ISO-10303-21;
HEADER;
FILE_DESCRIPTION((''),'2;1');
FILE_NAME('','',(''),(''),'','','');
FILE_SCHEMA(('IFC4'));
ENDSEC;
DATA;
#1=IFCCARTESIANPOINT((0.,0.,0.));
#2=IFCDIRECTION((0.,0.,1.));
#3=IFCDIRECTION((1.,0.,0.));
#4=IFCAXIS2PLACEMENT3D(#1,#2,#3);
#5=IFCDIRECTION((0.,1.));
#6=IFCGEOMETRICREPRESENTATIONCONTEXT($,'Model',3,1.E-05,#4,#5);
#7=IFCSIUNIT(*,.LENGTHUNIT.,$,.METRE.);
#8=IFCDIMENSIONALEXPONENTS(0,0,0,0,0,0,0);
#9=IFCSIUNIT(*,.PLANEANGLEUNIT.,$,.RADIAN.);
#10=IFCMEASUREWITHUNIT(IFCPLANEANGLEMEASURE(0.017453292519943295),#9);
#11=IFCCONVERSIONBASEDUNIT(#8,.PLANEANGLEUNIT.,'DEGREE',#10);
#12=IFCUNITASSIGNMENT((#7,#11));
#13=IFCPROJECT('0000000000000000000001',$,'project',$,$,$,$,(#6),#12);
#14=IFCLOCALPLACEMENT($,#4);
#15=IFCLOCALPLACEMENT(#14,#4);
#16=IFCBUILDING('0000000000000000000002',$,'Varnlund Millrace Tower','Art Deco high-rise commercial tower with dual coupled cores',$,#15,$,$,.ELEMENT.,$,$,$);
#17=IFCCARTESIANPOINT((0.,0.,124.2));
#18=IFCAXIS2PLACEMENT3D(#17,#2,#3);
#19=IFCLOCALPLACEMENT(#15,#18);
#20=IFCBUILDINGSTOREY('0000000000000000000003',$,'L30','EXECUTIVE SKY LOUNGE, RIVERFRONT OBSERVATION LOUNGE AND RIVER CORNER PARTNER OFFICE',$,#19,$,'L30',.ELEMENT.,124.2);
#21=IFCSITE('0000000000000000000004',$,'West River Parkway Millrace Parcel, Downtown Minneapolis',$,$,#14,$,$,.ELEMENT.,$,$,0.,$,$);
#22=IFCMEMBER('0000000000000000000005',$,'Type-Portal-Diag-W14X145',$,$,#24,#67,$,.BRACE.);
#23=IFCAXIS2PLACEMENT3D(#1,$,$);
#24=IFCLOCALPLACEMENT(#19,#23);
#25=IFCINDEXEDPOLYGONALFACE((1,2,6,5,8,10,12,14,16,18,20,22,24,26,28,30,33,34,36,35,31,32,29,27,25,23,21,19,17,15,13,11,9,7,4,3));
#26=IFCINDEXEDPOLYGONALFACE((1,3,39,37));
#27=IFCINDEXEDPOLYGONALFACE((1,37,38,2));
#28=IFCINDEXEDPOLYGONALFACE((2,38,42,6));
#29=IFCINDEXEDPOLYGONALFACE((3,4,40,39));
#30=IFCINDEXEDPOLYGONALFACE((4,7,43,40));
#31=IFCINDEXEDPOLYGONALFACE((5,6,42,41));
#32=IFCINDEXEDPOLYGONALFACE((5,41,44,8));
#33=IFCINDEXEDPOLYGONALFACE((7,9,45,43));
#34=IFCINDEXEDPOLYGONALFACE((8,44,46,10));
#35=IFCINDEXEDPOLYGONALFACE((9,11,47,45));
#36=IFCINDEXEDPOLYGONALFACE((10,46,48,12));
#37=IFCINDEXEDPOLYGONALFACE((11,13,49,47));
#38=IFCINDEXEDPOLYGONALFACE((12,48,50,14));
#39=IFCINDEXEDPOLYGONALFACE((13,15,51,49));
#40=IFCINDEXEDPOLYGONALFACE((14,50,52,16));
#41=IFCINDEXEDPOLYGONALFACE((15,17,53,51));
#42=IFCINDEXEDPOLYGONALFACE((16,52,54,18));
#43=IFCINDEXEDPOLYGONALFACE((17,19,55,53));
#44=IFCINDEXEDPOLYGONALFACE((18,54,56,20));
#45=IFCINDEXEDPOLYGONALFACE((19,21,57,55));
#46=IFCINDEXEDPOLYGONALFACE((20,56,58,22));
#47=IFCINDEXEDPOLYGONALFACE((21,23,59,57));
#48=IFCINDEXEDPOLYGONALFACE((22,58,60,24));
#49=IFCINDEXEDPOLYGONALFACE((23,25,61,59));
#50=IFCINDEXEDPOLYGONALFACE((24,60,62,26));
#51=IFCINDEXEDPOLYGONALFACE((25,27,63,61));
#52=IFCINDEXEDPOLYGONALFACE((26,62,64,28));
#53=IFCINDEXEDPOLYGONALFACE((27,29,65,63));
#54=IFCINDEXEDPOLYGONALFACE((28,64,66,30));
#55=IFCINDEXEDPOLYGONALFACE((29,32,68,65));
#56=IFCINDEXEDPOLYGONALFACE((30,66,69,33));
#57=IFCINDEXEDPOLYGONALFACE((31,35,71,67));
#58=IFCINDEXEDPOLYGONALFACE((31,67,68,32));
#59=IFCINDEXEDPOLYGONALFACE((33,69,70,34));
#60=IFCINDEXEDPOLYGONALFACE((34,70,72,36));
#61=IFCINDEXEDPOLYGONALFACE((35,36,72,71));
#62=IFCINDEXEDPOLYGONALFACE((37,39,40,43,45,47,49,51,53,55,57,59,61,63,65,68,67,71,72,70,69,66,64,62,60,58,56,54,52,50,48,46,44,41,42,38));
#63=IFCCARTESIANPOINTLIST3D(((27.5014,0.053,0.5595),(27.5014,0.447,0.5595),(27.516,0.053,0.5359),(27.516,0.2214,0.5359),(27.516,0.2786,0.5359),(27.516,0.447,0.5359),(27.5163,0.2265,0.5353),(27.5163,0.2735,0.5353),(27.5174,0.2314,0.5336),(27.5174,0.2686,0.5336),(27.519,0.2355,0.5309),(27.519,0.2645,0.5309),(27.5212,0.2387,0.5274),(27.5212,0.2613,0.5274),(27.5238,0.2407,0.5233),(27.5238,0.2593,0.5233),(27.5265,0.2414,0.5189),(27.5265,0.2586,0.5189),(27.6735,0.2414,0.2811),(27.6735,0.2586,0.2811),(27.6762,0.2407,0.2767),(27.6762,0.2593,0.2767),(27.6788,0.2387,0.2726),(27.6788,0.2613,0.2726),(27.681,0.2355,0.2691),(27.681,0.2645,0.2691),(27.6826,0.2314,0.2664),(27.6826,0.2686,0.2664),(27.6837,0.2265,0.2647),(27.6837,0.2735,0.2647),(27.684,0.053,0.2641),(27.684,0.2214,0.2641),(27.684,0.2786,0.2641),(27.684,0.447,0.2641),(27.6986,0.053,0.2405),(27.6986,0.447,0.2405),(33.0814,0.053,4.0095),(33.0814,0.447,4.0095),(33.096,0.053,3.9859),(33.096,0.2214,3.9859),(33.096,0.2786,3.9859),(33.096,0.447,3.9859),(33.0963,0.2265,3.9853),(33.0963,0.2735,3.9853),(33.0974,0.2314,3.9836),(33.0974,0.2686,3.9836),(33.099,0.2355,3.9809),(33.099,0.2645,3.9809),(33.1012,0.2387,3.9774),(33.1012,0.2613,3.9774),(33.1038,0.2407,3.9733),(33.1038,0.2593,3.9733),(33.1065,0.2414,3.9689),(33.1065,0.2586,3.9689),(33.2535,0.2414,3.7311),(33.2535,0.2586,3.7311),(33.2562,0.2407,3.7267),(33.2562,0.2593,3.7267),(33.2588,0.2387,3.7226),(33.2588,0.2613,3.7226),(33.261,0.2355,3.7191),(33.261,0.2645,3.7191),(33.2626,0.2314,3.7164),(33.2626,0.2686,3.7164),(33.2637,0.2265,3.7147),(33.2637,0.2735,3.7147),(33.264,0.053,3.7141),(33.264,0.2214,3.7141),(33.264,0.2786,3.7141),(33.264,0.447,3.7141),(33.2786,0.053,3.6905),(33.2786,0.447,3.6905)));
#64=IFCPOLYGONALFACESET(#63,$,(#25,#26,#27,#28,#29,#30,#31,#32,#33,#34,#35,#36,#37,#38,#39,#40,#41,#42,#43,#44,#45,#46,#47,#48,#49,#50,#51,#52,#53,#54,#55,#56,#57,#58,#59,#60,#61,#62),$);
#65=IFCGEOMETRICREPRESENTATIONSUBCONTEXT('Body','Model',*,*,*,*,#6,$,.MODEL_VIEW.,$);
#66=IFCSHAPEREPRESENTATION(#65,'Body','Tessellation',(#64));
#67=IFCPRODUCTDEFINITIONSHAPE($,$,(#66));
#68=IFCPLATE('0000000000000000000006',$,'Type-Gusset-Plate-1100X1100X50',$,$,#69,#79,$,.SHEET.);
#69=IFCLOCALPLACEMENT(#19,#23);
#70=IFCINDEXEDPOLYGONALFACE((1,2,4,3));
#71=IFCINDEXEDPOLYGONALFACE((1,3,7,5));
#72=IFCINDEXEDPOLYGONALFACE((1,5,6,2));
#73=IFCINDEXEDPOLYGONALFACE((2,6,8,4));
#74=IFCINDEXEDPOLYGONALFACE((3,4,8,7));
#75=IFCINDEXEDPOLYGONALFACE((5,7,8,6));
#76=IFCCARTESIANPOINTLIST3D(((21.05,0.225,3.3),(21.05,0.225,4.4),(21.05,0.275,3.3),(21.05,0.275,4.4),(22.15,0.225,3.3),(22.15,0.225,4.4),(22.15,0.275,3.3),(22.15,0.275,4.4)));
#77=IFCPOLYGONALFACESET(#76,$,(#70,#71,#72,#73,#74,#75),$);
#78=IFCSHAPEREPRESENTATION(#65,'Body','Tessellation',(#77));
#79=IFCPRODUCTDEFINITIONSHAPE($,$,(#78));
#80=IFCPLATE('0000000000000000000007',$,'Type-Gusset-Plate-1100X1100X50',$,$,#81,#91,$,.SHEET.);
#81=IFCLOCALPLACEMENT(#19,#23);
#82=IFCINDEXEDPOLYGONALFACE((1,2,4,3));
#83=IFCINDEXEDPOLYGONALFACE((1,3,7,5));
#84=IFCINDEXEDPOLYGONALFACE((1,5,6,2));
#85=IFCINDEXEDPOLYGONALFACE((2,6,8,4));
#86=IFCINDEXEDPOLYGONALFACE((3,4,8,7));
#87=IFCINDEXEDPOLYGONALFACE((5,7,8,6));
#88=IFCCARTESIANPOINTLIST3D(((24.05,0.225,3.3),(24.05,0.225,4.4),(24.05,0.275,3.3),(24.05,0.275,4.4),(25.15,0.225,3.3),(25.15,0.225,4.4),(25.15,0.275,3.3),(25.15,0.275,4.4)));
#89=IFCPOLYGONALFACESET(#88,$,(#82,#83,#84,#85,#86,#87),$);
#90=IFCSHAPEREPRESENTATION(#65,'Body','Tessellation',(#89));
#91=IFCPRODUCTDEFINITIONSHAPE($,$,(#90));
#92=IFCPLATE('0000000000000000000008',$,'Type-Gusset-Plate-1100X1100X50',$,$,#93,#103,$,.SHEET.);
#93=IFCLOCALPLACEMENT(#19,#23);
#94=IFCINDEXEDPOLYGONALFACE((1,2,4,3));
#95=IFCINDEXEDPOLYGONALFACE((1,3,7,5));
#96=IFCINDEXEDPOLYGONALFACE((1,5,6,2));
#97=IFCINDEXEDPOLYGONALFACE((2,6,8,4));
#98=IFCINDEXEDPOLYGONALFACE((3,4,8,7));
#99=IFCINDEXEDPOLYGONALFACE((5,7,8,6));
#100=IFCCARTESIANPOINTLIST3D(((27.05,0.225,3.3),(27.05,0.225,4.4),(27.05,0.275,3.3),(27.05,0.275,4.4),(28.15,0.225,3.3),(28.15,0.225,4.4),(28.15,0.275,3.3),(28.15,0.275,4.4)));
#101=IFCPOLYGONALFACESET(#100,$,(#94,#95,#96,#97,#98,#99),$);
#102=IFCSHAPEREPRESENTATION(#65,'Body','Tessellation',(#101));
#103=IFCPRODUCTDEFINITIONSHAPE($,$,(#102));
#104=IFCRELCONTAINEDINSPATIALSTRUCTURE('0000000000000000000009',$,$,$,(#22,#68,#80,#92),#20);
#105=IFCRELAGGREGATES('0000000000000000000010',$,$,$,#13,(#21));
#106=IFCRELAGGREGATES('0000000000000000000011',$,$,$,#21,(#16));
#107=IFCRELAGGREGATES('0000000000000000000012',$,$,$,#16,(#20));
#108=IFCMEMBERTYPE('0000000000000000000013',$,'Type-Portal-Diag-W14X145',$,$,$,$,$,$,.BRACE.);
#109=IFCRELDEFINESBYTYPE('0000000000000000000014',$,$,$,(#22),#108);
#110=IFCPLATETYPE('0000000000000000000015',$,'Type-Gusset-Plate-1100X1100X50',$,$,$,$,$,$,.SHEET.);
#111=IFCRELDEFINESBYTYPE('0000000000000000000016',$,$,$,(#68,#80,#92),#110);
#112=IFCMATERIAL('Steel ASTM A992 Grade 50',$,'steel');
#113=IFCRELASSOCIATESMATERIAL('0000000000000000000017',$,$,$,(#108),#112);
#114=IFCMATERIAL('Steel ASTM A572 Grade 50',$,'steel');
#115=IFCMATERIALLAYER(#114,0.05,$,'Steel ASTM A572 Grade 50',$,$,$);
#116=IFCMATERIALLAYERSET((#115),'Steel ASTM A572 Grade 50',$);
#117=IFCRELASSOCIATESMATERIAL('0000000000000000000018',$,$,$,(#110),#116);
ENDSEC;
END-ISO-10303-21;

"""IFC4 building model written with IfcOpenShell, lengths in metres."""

from ifc_helpers import new_model, entity, si_unit, converted_unit, direction, frame, origin_with_axes, origin_2d_with_axis, place, context, subcontext, project, spatial, rectangle, i_section, extrude, material, layer, layer_set, material_profile, profile_set, type_object, element, save


model = new_model("IFC4")

# Units and contexts
model_context = context("Model", 3, precision=1e-05, world=origin_with_axes(), true_north=direction((0.0, 1.0)))
body_context = subcontext(model_context, "Body", "Model", "MODEL_VIEW")
ifc_project = project(units=[si_unit("LENGTHUNIT", "METRE"), converted_unit("PLANEANGLEUNIT", "DEGREE", entity("IfcPlaneAngleMeasure", 0.017453292519943295), si_unit("PLANEANGLEUNIT", "RADIAN"), dimensions=[0, 0, 0, 0, 0, 0, 0])], contexts=[model_context])

# Site, building, storey
site_placement = place(None, origin_with_axes())
site = spatial("IfcSite", under=ifc_project, at=site_placement, Name="West River Parkway Millrace Parcel, Downtown Minneapolis", CompositionType="ELEMENT", RefElevation=0.0)
building_placement = place(site_placement, origin_with_axes())
building = spatial("IfcBuilding", under=site, at=building_placement, Name="Varnlund Millrace Tower", Description="Art Deco high-rise commercial tower with dual coupled cores", CompositionType="ELEMENT")
storey_placement = place(building_placement, frame((0.0, 0.0, 124.2), z_axis=(0.0, 0.0, 1.0), x_axis=(1.0, 0.0, 0.0)))
storey = spatial("IfcBuildingStorey", under=building, at=storey_placement, Name="L30", Description="EXECUTIVE SKY LOUNGE, RIVERFRONT OBSERVATION LOUNGE AND RIVER CORNER PARTNER OFFICE", LongName="L30", CompositionType="ELEMENT", Elevation=124.2)

# Shared definitions
ifc_material_1 = material(Name="Steel ASTM A992 Grade 50", Category="steel")

# Member
ifc_material_profile_1 = material_profile(ifc_material_1, i_section(OverallWidth=0.394, OverallDepth=0.375, WebThickness=0.0173, FlangeThickness=0.0277, FilletRadius=0.02, at=origin_2d_with_axis()), Name="Steel ASTM A992 Grade 50")
ifc_profile_set_1 = profile_set([ifc_material_profile_1], Name="Steel ASTM A992 Grade 50")
member_type_1 = type_object("IfcMemberType", Name="Type-Portal-Diag-W14X145", PredefinedType="BRACE", material=ifc_profile_set_1)
member_1_placement = place(storey_placement, frame((27.6, 0.25, 0.4), z_axis=(0.850557, 0.0, 0.525882), x_axis=(0.0, 1.0, 0.0)))
element("IfcMember", 1, at=member_1_placement, inside=storey, type_object=member_type_1, Name="Type-Portal-Diag-W14X145", PredefinedType="BRACE", context=body_context, shape_type="SweptSolid", body=[
    extrude(i_section(OverallWidth=0.394, OverallDepth=0.375, WebThickness=0.0173, FlangeThickness=0.0277, FilletRadius=0.02, at=origin_2d_with_axis()), origin_with_axes(), (0.0, 0.0, 1.0), 6.5604),
])

# Plates
ifc_material_2 = material(Name="Steel ASTM A572 Grade 50", Category="steel")
ifc_layer = layer(ifc_material_2, 0.05, Name="Steel ASTM A572 Grade 50")
ifc_layer_set = layer_set([ifc_layer], Name="Steel ASTM A572 Grade 50")
plate_type = type_object("IfcPlateType", Name="Type-Gusset-Plate-1100X1100X50", PredefinedType="SHEET", material=ifc_layer_set)
for number, where, z_axis, x_axis, name in (
    (2, (21.6, 0.25, 3.3), (0.0, 0.0, 1.0), (1.0, 0.0, 0.0), "Type-Gusset-Plate-1100X1100X50"),
    (3, (24.6, 0.25, 3.3), (0.0, 0.0, 1.0), (1.0, 0.0, 0.0), "Type-Gusset-Plate-1100X1100X50"),
    (4, (27.6, 0.25, 3.3), (0.0, 0.0, 1.0), (1.0, 0.0, 0.0), "Type-Gusset-Plate-1100X1100X50"),
):
    element("IfcPlate", number, at=place(storey_placement, frame(where, z_axis=z_axis, x_axis=x_axis)), inside=storey, type_object=plate_type, Name=name, PredefinedType="SHEET", context=body_context, shape_type="SweptSolid", body=[
        extrude(rectangle(XDim=1.1, YDim=0.05, at=origin_2d_with_axis()), origin_with_axes(), (0.0, 0.0, 1.0), 1.1),
    ])

save(model, "model.ifc")
